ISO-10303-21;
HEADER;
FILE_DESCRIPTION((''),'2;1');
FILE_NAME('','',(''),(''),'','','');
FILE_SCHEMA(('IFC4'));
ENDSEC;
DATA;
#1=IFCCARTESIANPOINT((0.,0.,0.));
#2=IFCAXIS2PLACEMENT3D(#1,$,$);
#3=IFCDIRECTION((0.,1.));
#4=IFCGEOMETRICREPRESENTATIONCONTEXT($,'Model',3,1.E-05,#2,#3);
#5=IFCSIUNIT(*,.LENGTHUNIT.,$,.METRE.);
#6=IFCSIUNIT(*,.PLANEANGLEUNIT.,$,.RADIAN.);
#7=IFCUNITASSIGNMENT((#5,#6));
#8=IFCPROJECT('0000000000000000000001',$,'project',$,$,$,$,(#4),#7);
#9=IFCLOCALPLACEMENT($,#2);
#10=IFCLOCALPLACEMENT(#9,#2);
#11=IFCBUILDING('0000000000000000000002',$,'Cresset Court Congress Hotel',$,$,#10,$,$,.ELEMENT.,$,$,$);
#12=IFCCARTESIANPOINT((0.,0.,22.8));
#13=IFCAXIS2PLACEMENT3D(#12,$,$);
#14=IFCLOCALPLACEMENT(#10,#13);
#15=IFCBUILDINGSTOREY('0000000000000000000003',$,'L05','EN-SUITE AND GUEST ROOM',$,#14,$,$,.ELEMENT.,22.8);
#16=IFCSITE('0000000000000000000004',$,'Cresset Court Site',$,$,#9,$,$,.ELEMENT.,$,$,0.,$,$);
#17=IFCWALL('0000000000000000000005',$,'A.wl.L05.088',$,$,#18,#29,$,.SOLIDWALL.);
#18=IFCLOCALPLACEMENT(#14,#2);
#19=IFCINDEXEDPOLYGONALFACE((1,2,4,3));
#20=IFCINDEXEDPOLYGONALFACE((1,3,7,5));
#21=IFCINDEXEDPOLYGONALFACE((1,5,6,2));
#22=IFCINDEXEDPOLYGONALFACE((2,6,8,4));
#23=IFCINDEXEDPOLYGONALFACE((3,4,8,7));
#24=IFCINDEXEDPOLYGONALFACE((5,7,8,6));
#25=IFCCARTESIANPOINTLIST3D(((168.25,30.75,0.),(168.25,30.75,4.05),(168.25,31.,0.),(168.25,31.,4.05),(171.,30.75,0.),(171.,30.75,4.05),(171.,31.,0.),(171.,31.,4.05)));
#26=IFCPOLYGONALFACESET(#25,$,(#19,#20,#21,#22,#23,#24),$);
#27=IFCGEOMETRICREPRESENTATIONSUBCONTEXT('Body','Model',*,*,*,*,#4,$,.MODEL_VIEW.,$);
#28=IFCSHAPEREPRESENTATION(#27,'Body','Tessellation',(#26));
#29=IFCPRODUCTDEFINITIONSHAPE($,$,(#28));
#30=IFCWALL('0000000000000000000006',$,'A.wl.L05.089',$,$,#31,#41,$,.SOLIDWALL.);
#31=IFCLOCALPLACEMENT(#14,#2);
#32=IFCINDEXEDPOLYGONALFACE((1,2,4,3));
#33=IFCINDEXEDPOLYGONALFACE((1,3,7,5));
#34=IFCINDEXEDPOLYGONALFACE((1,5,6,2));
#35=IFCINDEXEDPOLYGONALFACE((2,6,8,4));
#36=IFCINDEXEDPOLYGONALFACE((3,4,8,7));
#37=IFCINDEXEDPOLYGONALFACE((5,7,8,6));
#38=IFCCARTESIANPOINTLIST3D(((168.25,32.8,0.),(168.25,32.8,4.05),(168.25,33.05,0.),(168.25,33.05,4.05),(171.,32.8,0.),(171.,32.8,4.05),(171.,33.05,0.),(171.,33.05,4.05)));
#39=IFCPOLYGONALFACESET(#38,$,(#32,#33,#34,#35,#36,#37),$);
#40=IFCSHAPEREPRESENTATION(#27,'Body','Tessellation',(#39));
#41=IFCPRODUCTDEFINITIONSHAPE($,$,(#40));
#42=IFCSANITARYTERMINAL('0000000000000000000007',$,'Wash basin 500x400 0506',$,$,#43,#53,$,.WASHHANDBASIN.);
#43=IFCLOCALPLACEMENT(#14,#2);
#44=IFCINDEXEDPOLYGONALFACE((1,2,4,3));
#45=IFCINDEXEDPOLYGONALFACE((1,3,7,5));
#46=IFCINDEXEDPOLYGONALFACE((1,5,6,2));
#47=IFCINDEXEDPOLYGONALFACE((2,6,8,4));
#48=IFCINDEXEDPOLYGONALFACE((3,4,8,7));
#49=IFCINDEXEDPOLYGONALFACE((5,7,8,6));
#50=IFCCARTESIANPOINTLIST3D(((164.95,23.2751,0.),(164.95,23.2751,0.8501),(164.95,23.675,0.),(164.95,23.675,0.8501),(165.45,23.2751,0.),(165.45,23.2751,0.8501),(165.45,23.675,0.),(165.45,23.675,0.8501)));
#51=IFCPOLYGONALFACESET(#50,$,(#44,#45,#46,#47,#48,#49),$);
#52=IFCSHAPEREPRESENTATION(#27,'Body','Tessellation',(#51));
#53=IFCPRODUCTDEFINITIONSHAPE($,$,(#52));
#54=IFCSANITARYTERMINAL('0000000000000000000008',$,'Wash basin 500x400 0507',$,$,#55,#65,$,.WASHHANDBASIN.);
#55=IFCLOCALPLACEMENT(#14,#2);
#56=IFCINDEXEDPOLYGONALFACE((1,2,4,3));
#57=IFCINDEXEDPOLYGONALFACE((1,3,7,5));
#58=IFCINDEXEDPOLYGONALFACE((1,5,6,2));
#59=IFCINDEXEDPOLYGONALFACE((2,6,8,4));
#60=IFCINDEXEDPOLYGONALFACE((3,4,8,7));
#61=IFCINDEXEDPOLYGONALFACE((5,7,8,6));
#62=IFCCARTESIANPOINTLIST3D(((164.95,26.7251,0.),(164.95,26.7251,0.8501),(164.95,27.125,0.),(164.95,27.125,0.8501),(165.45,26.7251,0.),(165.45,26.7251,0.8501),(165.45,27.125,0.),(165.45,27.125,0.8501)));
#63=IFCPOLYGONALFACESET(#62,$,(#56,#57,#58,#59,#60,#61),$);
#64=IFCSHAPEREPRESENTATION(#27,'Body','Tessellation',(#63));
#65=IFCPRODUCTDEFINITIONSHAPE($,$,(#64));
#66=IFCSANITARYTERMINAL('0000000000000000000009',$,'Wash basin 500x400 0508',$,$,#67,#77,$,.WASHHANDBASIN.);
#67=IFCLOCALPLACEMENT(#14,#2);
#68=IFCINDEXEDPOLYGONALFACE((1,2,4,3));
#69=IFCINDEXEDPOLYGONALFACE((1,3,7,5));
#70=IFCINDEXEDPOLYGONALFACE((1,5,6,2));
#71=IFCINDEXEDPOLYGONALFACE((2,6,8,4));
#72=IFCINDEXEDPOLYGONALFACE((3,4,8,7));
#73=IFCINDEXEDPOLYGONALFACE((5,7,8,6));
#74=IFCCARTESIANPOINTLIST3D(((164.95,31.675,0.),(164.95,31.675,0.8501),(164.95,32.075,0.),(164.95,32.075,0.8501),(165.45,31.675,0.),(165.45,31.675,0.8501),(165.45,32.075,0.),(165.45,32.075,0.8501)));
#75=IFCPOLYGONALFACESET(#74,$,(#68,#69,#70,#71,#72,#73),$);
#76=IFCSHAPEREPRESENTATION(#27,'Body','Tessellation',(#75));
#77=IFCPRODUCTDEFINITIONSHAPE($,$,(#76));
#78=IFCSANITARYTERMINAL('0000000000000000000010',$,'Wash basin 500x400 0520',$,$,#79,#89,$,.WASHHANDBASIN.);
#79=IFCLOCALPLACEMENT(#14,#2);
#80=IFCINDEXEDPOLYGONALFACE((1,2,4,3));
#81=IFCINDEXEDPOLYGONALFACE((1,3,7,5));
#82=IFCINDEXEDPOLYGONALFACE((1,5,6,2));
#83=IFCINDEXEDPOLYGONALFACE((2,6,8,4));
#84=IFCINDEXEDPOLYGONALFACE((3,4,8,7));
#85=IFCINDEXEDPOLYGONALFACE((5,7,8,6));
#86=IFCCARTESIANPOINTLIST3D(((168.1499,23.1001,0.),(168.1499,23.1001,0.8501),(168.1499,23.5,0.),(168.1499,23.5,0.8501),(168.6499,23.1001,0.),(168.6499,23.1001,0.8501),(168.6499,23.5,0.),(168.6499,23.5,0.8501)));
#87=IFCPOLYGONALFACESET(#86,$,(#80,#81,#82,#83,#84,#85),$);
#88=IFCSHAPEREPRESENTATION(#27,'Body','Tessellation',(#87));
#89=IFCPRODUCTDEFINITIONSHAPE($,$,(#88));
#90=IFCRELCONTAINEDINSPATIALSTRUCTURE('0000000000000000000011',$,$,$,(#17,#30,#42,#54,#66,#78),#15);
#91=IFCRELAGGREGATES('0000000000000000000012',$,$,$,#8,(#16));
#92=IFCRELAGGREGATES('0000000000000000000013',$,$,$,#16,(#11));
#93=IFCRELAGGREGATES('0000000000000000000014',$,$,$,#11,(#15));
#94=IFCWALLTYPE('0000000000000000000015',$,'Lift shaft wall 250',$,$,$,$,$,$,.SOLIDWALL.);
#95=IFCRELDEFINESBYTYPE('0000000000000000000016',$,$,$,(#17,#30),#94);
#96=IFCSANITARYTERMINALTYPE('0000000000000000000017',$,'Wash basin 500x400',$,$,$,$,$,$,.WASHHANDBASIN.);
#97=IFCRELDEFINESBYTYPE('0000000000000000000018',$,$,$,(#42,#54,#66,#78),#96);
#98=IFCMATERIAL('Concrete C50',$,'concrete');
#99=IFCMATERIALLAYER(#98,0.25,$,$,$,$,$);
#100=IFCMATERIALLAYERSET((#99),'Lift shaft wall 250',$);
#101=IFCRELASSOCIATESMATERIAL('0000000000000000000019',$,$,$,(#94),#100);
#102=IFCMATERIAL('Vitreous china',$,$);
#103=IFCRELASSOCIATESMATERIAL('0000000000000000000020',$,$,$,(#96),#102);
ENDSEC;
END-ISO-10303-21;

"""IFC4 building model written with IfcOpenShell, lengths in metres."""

from ifc_helpers import new_model, si_unit, direction, frame, frame_2d, origin, origin_2d, place, context, subcontext, project, spatial, rectangle, extrude, material, layer, layer_set, type_object, element, save


model = new_model("IFC4")

# Units and contexts
model_context = context("Model", 3, precision=1e-05, world=origin(), true_north=direction((0.0, 1.0)))
body_context = subcontext(model_context, "Body", "Model", "MODEL_VIEW")
ifc_project = project(units=[si_unit("LENGTHUNIT", "METRE"), si_unit("PLANEANGLEUNIT", "RADIAN")], contexts=[model_context])

# Site, building, storey
site_placement = place(None, origin())
site = spatial("IfcSite", under=ifc_project, at=site_placement, Name="Cresset Court Site", CompositionType="ELEMENT", RefElevation=0.0)
building_placement = place(site_placement, origin())
building = spatial("IfcBuilding", under=site, at=building_placement, Name="Cresset Court Congress Hotel", CompositionType="ELEMENT")
storey_placement = place(building_placement, frame((0.0, 0.0, 22.8)))
storey = spatial("IfcBuildingStorey", under=building, at=storey_placement, Name="L05", Description="EN-SUITE AND GUEST ROOM", CompositionType="ELEMENT", Elevation=22.8)

# Walls
ifc_material_1 = material(Name="Concrete C50", Category="concrete")
ifc_layer_1 = layer(ifc_material_1, 0.25)
ifc_layer_set_1 = layer_set([ifc_layer_1], Name="Lift shaft wall 250")
wall_type_1 = type_object("IfcWallType", Name="Lift shaft wall 250", PredefinedType="SOLIDWALL", material=ifc_layer_set_1)
for number, where, z_axis, x_axis, name in (
    (1, (168.25, 30.875, 0.0), (0.0, 0.0, 1.0), (1.0, 0.0, 0.0), "A.wl.L05.088"),
    (2, (168.25, 32.925, 0.0), (0.0, 0.0, 1.0), (1.0, 0.0, 0.0), "A.wl.L05.089"),
):
    element("IfcWall", number, at=place(storey_placement, frame(where, z_axis=z_axis, x_axis=x_axis)), inside=storey, type_object=wall_type_1, Name=name, PredefinedType="SOLIDWALL", context=body_context, shape_type="SweptSolid", body=[
        extrude(rectangle(XDim=2.75, YDim=0.25, at=frame_2d((1.375, 0.0))), origin(), (0.0, 0.0, 1.0), 4.05),
    ])

# Sanitary terminals
ifc_material_2 = material(Name="Vitreous china")
sanitary_terminal_type = type_object("IfcSanitaryTerminalType", Name="Wash basin 500x400", PredefinedType="WASHHANDBASIN", material=ifc_material_2)
for number, where, z_axis, x_axis, name in (
    (3, (165.2, 23.4751, 0.0), (0.0, 0.0, 1.0), (1.0, 0.0, 0.0), "Wash basin 500x400 0506"),
    (4, (165.2, 26.925, 0.0), (0.0, 0.0, 1.0), (1.0, 0.0, 0.0), "Wash basin 500x400 0507"),
    (5, (165.2, 31.875, 0.0), (0.0, 0.0, 1.0), (1.0, 0.0, 0.0), "Wash basin 500x400 0508"),
    (6, (168.3999, 23.3, 0.0), (0.0, 0.0, 1.0), (1.0, 0.0, 0.0), "Wash basin 500x400 0520"),
):
    element("IfcSanitaryTerminal", number, at=place(storey_placement, frame(where, z_axis=z_axis, x_axis=x_axis)), inside=storey, type_object=sanitary_terminal_type, Name=name, PredefinedType="WASHHANDBASIN", context=body_context, shape_type="SweptSolid", body=[
        extrude(rectangle(XDim=0.5, YDim=0.3999, at=origin_2d()), origin(), (0.0, 0.0, 1.0), 0.8501),
    ])

save(model, "model.ifc")
